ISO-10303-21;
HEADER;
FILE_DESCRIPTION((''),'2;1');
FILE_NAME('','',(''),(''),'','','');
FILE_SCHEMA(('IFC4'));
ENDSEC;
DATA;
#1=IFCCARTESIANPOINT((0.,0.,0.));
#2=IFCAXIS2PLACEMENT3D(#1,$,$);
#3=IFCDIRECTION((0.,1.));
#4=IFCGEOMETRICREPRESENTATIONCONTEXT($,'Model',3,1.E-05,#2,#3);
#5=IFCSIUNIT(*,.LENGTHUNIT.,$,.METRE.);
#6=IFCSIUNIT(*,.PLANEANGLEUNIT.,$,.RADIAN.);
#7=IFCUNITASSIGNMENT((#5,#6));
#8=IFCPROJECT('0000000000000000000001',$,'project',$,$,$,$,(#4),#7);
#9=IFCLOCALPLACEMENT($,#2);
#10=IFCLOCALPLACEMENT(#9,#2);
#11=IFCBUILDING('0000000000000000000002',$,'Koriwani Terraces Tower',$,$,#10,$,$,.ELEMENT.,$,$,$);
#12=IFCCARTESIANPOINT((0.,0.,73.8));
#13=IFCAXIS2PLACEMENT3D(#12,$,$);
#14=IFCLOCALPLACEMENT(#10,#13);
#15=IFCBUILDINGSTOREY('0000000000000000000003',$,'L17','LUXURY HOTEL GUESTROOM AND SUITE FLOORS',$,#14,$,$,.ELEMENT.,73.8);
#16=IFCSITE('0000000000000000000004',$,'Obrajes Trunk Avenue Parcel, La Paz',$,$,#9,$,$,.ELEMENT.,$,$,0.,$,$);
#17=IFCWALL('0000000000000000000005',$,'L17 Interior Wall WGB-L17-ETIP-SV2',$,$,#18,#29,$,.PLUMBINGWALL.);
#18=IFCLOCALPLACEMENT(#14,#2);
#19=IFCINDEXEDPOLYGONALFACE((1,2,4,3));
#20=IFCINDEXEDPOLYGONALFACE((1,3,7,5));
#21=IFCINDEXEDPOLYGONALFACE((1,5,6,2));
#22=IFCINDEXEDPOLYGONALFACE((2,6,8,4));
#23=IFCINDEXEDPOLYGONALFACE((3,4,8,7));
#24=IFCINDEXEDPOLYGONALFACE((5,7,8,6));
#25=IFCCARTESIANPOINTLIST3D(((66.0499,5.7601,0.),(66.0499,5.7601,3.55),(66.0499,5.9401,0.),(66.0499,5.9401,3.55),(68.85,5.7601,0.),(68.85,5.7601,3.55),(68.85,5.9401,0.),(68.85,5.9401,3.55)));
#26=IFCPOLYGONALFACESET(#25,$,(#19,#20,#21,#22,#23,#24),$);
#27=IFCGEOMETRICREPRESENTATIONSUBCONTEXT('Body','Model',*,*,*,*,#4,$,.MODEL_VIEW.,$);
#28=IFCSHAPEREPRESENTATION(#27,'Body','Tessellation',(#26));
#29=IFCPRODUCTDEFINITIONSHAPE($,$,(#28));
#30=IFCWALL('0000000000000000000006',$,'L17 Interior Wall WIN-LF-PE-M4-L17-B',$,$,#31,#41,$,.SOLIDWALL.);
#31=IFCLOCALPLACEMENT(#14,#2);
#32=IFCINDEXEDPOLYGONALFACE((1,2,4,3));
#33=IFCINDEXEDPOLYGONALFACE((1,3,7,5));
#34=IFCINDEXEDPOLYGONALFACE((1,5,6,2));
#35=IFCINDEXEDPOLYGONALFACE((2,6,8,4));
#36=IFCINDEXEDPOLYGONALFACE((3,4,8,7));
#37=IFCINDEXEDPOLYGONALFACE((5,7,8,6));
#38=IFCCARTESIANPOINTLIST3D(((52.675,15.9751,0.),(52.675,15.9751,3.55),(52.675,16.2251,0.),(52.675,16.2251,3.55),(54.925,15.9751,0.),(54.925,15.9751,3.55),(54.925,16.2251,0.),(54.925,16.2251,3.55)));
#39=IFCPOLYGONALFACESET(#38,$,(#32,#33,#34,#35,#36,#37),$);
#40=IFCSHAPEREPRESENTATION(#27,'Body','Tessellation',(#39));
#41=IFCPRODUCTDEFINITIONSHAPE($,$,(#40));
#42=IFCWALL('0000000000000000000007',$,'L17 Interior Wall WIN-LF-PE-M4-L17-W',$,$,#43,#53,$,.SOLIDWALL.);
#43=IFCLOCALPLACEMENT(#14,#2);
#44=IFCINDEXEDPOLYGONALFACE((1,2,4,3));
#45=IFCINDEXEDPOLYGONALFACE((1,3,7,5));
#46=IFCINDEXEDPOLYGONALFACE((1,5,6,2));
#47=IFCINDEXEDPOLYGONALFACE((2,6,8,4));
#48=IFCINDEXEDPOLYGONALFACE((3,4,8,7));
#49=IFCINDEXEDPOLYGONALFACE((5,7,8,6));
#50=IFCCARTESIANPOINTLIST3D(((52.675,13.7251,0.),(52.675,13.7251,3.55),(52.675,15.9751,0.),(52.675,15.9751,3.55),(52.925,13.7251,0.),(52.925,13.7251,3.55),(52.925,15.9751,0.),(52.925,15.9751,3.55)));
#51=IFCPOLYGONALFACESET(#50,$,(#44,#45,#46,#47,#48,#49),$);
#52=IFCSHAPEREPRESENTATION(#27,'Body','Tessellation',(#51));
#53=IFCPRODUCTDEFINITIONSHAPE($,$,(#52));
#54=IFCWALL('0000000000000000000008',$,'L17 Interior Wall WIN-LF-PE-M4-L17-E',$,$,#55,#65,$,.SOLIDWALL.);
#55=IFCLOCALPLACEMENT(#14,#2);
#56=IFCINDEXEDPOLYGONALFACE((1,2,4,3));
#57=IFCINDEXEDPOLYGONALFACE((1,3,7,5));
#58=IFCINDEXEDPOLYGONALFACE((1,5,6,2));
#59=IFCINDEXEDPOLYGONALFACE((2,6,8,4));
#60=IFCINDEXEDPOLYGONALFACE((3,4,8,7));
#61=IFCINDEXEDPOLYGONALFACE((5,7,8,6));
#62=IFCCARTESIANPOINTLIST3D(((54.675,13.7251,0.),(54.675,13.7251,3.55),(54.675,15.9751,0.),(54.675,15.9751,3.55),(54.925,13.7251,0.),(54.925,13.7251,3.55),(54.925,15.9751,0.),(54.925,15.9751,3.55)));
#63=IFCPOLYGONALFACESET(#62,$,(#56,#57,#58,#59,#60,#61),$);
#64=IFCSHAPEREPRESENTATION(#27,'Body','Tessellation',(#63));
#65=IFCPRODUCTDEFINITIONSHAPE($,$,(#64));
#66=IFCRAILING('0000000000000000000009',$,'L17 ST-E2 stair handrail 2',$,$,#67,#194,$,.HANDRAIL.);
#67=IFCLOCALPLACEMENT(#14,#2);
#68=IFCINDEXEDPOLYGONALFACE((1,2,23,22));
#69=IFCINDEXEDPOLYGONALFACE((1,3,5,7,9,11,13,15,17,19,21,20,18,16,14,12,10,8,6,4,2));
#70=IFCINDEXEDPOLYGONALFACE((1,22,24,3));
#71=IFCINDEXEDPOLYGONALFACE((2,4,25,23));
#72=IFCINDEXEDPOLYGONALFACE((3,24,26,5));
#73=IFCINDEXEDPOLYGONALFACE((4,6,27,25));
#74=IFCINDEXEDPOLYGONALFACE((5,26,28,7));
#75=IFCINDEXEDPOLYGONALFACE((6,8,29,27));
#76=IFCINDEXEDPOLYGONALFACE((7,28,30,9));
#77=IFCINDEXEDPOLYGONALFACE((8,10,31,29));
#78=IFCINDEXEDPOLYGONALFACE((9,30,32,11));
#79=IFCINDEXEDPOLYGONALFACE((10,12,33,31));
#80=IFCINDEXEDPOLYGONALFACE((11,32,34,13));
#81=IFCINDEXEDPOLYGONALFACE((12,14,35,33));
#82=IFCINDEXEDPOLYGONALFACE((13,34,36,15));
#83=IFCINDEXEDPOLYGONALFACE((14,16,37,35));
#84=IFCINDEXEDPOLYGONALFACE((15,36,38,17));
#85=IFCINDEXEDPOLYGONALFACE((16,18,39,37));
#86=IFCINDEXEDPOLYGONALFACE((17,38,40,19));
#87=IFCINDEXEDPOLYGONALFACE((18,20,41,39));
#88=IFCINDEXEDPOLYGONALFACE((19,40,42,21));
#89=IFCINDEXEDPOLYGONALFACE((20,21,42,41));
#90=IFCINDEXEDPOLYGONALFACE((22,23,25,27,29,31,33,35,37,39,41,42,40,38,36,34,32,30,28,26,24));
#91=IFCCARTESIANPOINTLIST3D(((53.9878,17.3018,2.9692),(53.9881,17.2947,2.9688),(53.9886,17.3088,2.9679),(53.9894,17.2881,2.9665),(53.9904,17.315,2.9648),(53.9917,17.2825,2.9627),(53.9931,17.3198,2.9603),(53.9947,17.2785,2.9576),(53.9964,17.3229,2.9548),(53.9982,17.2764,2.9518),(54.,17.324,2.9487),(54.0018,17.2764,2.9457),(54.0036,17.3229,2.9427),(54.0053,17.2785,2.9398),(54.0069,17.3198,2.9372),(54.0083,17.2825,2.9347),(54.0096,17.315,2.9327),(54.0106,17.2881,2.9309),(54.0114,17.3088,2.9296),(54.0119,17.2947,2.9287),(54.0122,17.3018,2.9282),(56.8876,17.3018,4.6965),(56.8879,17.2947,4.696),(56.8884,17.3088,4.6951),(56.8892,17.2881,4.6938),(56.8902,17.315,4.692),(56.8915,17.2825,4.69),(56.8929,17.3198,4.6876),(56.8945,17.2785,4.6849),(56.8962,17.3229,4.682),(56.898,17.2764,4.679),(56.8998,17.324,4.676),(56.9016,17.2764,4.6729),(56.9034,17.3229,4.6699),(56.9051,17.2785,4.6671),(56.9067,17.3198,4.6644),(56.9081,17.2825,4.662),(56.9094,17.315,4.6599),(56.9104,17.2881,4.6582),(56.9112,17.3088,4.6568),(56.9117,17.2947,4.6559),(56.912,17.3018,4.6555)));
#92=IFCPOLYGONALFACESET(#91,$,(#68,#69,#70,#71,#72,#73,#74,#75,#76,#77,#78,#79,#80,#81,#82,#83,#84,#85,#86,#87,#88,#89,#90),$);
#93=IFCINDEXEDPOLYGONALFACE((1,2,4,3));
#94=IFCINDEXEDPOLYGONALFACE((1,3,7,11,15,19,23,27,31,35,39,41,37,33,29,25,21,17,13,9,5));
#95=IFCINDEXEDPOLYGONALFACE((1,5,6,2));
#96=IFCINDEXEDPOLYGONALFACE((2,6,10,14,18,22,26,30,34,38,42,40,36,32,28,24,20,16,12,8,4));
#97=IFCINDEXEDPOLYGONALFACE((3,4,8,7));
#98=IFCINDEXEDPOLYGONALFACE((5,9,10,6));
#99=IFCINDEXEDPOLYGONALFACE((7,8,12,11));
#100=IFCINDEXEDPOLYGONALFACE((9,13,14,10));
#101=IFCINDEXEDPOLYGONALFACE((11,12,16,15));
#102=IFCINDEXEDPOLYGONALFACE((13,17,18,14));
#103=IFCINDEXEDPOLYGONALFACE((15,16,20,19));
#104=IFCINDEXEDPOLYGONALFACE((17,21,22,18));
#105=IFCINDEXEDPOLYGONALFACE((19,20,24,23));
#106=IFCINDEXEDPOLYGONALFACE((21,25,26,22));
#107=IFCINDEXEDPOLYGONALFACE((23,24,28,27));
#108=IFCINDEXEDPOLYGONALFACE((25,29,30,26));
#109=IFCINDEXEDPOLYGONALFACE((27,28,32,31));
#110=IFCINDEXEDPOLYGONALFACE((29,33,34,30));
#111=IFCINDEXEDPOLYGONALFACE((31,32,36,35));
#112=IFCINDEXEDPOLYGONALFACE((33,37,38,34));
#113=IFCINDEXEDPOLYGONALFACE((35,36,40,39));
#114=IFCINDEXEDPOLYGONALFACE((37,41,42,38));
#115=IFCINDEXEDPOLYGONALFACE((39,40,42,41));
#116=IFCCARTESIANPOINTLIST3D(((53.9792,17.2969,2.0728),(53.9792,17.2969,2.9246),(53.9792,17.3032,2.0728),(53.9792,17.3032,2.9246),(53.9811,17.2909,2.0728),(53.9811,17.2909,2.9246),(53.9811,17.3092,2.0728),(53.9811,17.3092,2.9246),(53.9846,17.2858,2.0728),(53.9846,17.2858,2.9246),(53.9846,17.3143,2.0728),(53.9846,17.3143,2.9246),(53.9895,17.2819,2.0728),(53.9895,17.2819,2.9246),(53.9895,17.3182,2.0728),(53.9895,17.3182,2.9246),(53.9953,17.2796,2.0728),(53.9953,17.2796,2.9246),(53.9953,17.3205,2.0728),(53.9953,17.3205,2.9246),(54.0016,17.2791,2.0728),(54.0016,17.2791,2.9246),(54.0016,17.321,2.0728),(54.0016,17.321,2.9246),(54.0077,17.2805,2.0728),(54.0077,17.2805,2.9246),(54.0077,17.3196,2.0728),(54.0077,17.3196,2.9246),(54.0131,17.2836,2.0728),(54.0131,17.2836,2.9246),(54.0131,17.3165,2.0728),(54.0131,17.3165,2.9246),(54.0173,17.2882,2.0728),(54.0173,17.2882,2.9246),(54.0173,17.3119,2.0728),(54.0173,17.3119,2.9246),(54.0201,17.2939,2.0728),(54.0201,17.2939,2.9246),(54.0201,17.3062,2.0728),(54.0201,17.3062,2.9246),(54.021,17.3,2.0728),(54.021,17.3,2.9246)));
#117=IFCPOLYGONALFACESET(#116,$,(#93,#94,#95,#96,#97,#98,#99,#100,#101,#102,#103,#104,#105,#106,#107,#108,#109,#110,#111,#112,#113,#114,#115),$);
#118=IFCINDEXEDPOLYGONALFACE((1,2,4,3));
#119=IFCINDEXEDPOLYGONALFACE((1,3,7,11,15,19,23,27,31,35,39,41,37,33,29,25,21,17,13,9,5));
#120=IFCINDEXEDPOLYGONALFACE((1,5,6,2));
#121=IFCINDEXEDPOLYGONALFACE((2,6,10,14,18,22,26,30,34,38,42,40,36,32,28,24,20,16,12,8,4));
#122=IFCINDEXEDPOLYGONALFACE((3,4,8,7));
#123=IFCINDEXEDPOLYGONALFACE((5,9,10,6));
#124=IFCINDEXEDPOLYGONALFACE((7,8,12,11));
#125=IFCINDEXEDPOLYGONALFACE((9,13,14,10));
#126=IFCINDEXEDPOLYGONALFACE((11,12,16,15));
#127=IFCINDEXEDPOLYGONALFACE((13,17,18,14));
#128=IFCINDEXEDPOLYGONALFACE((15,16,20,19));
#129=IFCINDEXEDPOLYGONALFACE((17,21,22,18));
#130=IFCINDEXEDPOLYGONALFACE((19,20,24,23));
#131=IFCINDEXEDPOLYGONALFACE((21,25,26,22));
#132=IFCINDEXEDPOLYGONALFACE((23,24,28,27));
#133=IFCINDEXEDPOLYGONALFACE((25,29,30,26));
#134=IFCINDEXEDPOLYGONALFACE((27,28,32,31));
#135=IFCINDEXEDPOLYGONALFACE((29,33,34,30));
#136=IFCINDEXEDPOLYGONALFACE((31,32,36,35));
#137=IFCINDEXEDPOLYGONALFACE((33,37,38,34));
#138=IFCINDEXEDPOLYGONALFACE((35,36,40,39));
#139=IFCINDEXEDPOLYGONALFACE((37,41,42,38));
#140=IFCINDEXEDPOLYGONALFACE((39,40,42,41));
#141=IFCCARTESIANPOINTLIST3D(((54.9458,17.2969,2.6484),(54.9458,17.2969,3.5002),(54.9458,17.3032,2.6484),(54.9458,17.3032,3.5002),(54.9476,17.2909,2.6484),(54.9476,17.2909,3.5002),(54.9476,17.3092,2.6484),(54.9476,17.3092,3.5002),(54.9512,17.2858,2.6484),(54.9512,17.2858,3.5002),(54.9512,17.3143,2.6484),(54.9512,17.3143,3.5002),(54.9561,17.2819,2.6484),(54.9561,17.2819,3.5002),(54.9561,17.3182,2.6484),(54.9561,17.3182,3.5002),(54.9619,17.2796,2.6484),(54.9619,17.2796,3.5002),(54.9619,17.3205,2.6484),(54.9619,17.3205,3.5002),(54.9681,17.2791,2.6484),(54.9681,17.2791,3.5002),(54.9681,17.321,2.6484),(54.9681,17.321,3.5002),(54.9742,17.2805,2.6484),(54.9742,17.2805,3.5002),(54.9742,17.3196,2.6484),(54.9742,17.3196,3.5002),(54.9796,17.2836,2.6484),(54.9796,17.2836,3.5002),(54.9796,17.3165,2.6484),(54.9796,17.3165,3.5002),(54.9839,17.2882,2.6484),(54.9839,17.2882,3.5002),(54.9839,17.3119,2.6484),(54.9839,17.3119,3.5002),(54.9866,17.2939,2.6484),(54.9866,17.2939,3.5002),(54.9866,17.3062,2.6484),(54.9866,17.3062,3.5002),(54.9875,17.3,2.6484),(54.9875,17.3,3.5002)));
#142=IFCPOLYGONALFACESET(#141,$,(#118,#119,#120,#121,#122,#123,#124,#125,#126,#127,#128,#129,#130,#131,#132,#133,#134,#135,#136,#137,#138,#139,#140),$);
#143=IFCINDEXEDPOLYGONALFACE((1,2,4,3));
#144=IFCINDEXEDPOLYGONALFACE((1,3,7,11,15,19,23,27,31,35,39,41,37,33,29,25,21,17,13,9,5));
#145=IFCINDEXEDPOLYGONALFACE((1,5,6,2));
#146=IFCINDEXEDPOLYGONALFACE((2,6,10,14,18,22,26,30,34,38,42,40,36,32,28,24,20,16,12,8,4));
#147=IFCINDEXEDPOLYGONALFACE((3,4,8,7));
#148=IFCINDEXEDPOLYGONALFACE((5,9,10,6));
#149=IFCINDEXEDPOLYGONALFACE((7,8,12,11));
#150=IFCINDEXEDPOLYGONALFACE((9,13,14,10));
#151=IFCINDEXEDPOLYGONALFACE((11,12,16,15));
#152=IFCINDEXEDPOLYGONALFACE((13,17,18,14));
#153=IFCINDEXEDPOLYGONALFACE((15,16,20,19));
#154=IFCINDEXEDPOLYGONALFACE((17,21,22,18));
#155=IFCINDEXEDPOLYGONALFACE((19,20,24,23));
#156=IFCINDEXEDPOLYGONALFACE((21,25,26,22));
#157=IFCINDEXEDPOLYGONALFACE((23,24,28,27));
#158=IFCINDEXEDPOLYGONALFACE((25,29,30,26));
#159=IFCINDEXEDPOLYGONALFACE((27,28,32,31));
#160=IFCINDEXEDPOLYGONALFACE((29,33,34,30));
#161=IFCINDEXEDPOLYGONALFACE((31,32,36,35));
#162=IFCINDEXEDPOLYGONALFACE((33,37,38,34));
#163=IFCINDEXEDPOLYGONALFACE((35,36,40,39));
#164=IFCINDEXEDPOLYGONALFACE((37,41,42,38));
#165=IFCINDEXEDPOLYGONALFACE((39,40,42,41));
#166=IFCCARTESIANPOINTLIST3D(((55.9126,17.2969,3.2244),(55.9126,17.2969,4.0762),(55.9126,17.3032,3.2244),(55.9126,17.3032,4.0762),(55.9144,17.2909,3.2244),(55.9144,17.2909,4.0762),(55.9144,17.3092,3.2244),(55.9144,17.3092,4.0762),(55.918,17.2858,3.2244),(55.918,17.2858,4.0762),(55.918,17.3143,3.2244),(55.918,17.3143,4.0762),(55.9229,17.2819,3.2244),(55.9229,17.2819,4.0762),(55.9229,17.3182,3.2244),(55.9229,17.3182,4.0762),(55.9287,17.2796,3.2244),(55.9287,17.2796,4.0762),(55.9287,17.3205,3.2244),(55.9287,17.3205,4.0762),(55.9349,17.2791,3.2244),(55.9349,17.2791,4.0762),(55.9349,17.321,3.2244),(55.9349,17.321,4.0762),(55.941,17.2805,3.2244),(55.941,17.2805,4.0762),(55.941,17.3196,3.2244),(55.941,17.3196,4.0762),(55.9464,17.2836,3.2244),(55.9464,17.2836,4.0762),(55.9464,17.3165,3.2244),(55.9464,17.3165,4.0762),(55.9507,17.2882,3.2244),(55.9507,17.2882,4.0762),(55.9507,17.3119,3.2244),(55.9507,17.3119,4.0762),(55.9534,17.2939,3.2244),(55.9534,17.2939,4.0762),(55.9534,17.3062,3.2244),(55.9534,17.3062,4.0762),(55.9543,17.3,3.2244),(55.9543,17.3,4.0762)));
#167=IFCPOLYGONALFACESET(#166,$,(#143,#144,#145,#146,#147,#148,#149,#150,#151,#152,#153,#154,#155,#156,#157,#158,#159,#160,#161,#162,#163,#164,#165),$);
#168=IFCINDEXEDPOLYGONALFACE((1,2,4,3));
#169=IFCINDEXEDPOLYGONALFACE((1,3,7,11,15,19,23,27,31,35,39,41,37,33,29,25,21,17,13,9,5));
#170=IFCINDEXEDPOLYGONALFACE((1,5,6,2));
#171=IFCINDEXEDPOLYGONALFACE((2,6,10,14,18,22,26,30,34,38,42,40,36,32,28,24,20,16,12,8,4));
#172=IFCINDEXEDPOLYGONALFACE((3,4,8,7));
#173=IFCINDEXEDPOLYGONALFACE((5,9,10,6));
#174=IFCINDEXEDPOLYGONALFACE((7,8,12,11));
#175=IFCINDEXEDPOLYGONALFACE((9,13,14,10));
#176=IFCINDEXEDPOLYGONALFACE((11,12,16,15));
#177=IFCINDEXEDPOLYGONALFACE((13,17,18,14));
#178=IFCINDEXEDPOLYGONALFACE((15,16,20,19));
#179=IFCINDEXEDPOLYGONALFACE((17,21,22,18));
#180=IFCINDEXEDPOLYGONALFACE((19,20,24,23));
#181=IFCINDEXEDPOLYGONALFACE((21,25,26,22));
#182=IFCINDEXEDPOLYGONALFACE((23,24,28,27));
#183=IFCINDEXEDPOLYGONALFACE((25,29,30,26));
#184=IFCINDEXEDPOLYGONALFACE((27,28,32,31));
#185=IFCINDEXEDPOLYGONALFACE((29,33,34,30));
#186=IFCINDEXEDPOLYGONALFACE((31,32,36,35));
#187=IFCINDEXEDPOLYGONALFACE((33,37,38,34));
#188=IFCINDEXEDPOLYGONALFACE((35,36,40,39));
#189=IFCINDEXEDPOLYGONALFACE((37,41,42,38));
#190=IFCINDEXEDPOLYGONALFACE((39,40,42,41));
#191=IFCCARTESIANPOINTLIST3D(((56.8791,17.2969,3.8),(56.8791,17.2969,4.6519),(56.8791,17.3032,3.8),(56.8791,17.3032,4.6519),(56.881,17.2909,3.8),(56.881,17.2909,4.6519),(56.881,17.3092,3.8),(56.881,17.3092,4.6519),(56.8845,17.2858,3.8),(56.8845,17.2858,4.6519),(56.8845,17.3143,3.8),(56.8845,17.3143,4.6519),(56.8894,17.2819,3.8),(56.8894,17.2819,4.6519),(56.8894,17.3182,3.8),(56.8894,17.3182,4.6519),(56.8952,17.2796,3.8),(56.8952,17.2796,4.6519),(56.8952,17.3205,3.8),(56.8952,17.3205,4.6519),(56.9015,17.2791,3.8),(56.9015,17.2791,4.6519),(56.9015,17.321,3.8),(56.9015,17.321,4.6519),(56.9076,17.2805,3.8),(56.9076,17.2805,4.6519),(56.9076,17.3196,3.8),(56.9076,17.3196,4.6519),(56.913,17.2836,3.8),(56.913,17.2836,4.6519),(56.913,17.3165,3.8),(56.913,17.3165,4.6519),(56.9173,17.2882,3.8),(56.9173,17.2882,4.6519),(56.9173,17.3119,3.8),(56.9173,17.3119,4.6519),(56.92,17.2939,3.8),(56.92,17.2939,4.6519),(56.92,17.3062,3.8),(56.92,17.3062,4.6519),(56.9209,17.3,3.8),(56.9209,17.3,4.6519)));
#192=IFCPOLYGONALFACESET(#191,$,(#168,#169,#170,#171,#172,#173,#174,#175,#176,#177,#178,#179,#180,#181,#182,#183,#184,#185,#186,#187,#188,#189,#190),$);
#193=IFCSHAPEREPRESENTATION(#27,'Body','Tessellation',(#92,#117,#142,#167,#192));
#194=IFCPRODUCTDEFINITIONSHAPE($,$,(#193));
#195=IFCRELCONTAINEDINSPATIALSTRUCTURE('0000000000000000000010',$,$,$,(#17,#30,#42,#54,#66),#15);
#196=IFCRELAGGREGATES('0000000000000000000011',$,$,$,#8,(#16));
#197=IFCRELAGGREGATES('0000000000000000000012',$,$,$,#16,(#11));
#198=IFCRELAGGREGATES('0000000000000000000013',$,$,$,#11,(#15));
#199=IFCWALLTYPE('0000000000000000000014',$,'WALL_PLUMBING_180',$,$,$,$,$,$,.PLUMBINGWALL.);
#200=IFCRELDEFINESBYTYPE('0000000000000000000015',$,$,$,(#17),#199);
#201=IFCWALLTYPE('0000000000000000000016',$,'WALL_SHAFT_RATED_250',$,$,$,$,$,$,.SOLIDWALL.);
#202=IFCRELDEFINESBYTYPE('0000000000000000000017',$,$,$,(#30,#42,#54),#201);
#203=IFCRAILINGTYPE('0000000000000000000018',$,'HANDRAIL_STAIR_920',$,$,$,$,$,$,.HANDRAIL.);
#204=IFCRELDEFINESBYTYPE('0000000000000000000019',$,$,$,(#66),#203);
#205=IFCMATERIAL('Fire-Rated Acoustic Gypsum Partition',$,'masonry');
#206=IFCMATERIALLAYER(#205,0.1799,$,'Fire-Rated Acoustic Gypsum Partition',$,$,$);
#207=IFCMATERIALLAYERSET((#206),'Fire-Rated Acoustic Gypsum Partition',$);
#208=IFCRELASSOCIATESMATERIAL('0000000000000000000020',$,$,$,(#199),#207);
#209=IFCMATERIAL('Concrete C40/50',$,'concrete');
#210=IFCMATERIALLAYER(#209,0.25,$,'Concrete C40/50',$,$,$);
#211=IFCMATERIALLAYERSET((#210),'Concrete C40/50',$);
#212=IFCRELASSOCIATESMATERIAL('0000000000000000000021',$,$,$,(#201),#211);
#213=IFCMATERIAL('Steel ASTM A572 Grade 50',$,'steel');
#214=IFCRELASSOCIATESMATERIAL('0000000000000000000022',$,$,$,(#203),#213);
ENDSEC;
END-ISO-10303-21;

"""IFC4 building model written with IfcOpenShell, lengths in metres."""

from ifc_helpers import new_model, si_unit, direction, frame, frame_2d, origin, origin_2d, place, context, subcontext, project, spatial, rectangle, circle, extrude, material, layer, layer_set, type_object, element, save


model = new_model("IFC4")

# Units and contexts
model_context = context("Model", 3, precision=1e-05, world=origin(), true_north=direction((0.0, 1.0)))
body_context = subcontext(model_context, "Body", "Model", "MODEL_VIEW")
ifc_project = project(units=[si_unit("LENGTHUNIT", "METRE"), si_unit("PLANEANGLEUNIT", "RADIAN")], contexts=[model_context])

# Site, building, storey
site_placement = place(None, origin())
site = spatial("IfcSite", under=ifc_project, at=site_placement, Name="Obrajes Trunk Avenue Parcel, La Paz", CompositionType="ELEMENT", RefElevation=0.0)
building_placement = place(site_placement, origin())
building = spatial("IfcBuilding", under=site, at=building_placement, Name="Koriwani Terraces Tower", CompositionType="ELEMENT")
storey_placement = place(building_placement, frame((0.0, 0.0, 73.8)))
storey = spatial("IfcBuildingStorey", under=building, at=storey_placement, Name="L17", Description="LUXURY HOTEL GUESTROOM AND SUITE FLOORS", CompositionType="ELEMENT", Elevation=73.8)

# Shared definitions
ifc_material_1 = material(Name="Concrete C40/50", Category="concrete")
ifc_material_2 = material(Name="Steel ASTM A572 Grade 50", Category="steel")

# Shared definitions
ifc_material_3 = material(Name="Fire-Rated Acoustic Gypsum Partition", Category="masonry")
ifc_layer_1 = layer(ifc_material_3, 0.1799, Name="Fire-Rated Acoustic Gypsum Partition")
ifc_layer_set_1 = layer_set([ifc_layer_1], Name="Fire-Rated Acoustic Gypsum Partition")
wall_type_1 = type_object("IfcWallType", Name="WALL_PLUMBING_180", PredefinedType="PLUMBINGWALL", material=ifc_layer_set_1)

# Wall
wall_1_placement = place(storey_placement, frame((66.05, 5.8501, 0.0), z_axis=(0.0, 0.0, 1.0), x_axis=(1.0, 0.0, 0.0)))
element("IfcWall", 1, at=wall_1_placement, inside=storey, type_object=wall_type_1, Name="L17 Interior Wall WGB-L17-ETIP-SV2", PredefinedType="PLUMBINGWALL", context=body_context, shape_type="SweptSolid", body=[
    extrude(rectangle(XDim=2.8, YDim=0.1799, at=frame_2d((1.3999, 0.0))), origin(), (0.0, 0.0, 1.0), 3.55),
])

# Shared definitions
ifc_layer_2 = layer(ifc_material_1, 0.25, Name="Concrete C40/50")
ifc_layer_set_2 = layer_set([ifc_layer_2], Name="Concrete C40/50")
wall_type_2 = type_object("IfcWallType", Name="WALL_SHAFT_RATED_250", PredefinedType="SOLIDWALL", material=ifc_layer_set_2)

# Walls
for number, where, z_axis, x_axis, name in (
    (2, (52.675, 16.1001, 0.0), (0.0, 0.0, 1.0), (1.0, 0.0, 0.0), "L17 Interior Wall WIN-LF-PE-M4-L17-B"),
    (3, (52.8, 13.7251, 0.0), (0.0, 0.0, 1.0), (0.0, 1.0, 0.0), "L17 Interior Wall WIN-LF-PE-M4-L17-W"),
    (4, (54.8, 13.7251, 0.0), (0.0, 0.0, 1.0), (0.0, 1.0, 0.0), "L17 Interior Wall WIN-LF-PE-M4-L17-E"),
):
    element("IfcWall", number, at=place(storey_placement, frame(where, z_axis=z_axis, x_axis=x_axis)), inside=storey, type_object=wall_type_2, Name=name, PredefinedType="SOLIDWALL", context=body_context, shape_type="SweptSolid", body=[
        extrude(rectangle(XDim=2.25, YDim=0.25, at=frame_2d((1.125, 0.0))), origin(), (0.0, 0.0, 1.0), 3.55),
    ])

# Railing
railing_type = type_object("IfcRailingType", Name="HANDRAIL_STAIR_920", PredefinedType="HANDRAIL", material=ifc_material_2)
railing_placement = place(storey_placement, frame((54.0, 17.3, 2.0728)))
element("IfcRailing", 5, at=railing_placement, inside=storey, type_object=railing_type, Name="L17 ST-E2 stair handrail 2", PredefinedType="HANDRAIL", context=body_context, shape_type="SweptSolid", body=[
    extrude(circle(Radius=0.0239, at=origin_2d()), frame((0.0, 0.0, 0.876), z_axis=(0.859141, 0.0, 0.511738), x_axis=(0.0, 1.0, 0.0)), (0.0, 0.0, 1.0), 3.3752),
    extrude(circle(Radius=0.021, at=origin_2d()), origin(), (0.0, 0.0, 1.0), 0.8518),
    extrude(circle(Radius=0.021, at=origin_2d()), frame((0.9666, 0.0, 0.5757)), (0.0, 0.0, 1.0), 0.8518),
    extrude(circle(Radius=0.021, at=origin_2d()), frame((1.9333, 0.0, 1.1516)), (0.0, 0.0, 1.0), 0.8518),
    extrude(circle(Radius=0.021, at=origin_2d()), frame((2.8999, 0.0, 1.7273)), (0.0, 0.0, 1.0), 0.8518),
])

save(model, "model.ifc")
